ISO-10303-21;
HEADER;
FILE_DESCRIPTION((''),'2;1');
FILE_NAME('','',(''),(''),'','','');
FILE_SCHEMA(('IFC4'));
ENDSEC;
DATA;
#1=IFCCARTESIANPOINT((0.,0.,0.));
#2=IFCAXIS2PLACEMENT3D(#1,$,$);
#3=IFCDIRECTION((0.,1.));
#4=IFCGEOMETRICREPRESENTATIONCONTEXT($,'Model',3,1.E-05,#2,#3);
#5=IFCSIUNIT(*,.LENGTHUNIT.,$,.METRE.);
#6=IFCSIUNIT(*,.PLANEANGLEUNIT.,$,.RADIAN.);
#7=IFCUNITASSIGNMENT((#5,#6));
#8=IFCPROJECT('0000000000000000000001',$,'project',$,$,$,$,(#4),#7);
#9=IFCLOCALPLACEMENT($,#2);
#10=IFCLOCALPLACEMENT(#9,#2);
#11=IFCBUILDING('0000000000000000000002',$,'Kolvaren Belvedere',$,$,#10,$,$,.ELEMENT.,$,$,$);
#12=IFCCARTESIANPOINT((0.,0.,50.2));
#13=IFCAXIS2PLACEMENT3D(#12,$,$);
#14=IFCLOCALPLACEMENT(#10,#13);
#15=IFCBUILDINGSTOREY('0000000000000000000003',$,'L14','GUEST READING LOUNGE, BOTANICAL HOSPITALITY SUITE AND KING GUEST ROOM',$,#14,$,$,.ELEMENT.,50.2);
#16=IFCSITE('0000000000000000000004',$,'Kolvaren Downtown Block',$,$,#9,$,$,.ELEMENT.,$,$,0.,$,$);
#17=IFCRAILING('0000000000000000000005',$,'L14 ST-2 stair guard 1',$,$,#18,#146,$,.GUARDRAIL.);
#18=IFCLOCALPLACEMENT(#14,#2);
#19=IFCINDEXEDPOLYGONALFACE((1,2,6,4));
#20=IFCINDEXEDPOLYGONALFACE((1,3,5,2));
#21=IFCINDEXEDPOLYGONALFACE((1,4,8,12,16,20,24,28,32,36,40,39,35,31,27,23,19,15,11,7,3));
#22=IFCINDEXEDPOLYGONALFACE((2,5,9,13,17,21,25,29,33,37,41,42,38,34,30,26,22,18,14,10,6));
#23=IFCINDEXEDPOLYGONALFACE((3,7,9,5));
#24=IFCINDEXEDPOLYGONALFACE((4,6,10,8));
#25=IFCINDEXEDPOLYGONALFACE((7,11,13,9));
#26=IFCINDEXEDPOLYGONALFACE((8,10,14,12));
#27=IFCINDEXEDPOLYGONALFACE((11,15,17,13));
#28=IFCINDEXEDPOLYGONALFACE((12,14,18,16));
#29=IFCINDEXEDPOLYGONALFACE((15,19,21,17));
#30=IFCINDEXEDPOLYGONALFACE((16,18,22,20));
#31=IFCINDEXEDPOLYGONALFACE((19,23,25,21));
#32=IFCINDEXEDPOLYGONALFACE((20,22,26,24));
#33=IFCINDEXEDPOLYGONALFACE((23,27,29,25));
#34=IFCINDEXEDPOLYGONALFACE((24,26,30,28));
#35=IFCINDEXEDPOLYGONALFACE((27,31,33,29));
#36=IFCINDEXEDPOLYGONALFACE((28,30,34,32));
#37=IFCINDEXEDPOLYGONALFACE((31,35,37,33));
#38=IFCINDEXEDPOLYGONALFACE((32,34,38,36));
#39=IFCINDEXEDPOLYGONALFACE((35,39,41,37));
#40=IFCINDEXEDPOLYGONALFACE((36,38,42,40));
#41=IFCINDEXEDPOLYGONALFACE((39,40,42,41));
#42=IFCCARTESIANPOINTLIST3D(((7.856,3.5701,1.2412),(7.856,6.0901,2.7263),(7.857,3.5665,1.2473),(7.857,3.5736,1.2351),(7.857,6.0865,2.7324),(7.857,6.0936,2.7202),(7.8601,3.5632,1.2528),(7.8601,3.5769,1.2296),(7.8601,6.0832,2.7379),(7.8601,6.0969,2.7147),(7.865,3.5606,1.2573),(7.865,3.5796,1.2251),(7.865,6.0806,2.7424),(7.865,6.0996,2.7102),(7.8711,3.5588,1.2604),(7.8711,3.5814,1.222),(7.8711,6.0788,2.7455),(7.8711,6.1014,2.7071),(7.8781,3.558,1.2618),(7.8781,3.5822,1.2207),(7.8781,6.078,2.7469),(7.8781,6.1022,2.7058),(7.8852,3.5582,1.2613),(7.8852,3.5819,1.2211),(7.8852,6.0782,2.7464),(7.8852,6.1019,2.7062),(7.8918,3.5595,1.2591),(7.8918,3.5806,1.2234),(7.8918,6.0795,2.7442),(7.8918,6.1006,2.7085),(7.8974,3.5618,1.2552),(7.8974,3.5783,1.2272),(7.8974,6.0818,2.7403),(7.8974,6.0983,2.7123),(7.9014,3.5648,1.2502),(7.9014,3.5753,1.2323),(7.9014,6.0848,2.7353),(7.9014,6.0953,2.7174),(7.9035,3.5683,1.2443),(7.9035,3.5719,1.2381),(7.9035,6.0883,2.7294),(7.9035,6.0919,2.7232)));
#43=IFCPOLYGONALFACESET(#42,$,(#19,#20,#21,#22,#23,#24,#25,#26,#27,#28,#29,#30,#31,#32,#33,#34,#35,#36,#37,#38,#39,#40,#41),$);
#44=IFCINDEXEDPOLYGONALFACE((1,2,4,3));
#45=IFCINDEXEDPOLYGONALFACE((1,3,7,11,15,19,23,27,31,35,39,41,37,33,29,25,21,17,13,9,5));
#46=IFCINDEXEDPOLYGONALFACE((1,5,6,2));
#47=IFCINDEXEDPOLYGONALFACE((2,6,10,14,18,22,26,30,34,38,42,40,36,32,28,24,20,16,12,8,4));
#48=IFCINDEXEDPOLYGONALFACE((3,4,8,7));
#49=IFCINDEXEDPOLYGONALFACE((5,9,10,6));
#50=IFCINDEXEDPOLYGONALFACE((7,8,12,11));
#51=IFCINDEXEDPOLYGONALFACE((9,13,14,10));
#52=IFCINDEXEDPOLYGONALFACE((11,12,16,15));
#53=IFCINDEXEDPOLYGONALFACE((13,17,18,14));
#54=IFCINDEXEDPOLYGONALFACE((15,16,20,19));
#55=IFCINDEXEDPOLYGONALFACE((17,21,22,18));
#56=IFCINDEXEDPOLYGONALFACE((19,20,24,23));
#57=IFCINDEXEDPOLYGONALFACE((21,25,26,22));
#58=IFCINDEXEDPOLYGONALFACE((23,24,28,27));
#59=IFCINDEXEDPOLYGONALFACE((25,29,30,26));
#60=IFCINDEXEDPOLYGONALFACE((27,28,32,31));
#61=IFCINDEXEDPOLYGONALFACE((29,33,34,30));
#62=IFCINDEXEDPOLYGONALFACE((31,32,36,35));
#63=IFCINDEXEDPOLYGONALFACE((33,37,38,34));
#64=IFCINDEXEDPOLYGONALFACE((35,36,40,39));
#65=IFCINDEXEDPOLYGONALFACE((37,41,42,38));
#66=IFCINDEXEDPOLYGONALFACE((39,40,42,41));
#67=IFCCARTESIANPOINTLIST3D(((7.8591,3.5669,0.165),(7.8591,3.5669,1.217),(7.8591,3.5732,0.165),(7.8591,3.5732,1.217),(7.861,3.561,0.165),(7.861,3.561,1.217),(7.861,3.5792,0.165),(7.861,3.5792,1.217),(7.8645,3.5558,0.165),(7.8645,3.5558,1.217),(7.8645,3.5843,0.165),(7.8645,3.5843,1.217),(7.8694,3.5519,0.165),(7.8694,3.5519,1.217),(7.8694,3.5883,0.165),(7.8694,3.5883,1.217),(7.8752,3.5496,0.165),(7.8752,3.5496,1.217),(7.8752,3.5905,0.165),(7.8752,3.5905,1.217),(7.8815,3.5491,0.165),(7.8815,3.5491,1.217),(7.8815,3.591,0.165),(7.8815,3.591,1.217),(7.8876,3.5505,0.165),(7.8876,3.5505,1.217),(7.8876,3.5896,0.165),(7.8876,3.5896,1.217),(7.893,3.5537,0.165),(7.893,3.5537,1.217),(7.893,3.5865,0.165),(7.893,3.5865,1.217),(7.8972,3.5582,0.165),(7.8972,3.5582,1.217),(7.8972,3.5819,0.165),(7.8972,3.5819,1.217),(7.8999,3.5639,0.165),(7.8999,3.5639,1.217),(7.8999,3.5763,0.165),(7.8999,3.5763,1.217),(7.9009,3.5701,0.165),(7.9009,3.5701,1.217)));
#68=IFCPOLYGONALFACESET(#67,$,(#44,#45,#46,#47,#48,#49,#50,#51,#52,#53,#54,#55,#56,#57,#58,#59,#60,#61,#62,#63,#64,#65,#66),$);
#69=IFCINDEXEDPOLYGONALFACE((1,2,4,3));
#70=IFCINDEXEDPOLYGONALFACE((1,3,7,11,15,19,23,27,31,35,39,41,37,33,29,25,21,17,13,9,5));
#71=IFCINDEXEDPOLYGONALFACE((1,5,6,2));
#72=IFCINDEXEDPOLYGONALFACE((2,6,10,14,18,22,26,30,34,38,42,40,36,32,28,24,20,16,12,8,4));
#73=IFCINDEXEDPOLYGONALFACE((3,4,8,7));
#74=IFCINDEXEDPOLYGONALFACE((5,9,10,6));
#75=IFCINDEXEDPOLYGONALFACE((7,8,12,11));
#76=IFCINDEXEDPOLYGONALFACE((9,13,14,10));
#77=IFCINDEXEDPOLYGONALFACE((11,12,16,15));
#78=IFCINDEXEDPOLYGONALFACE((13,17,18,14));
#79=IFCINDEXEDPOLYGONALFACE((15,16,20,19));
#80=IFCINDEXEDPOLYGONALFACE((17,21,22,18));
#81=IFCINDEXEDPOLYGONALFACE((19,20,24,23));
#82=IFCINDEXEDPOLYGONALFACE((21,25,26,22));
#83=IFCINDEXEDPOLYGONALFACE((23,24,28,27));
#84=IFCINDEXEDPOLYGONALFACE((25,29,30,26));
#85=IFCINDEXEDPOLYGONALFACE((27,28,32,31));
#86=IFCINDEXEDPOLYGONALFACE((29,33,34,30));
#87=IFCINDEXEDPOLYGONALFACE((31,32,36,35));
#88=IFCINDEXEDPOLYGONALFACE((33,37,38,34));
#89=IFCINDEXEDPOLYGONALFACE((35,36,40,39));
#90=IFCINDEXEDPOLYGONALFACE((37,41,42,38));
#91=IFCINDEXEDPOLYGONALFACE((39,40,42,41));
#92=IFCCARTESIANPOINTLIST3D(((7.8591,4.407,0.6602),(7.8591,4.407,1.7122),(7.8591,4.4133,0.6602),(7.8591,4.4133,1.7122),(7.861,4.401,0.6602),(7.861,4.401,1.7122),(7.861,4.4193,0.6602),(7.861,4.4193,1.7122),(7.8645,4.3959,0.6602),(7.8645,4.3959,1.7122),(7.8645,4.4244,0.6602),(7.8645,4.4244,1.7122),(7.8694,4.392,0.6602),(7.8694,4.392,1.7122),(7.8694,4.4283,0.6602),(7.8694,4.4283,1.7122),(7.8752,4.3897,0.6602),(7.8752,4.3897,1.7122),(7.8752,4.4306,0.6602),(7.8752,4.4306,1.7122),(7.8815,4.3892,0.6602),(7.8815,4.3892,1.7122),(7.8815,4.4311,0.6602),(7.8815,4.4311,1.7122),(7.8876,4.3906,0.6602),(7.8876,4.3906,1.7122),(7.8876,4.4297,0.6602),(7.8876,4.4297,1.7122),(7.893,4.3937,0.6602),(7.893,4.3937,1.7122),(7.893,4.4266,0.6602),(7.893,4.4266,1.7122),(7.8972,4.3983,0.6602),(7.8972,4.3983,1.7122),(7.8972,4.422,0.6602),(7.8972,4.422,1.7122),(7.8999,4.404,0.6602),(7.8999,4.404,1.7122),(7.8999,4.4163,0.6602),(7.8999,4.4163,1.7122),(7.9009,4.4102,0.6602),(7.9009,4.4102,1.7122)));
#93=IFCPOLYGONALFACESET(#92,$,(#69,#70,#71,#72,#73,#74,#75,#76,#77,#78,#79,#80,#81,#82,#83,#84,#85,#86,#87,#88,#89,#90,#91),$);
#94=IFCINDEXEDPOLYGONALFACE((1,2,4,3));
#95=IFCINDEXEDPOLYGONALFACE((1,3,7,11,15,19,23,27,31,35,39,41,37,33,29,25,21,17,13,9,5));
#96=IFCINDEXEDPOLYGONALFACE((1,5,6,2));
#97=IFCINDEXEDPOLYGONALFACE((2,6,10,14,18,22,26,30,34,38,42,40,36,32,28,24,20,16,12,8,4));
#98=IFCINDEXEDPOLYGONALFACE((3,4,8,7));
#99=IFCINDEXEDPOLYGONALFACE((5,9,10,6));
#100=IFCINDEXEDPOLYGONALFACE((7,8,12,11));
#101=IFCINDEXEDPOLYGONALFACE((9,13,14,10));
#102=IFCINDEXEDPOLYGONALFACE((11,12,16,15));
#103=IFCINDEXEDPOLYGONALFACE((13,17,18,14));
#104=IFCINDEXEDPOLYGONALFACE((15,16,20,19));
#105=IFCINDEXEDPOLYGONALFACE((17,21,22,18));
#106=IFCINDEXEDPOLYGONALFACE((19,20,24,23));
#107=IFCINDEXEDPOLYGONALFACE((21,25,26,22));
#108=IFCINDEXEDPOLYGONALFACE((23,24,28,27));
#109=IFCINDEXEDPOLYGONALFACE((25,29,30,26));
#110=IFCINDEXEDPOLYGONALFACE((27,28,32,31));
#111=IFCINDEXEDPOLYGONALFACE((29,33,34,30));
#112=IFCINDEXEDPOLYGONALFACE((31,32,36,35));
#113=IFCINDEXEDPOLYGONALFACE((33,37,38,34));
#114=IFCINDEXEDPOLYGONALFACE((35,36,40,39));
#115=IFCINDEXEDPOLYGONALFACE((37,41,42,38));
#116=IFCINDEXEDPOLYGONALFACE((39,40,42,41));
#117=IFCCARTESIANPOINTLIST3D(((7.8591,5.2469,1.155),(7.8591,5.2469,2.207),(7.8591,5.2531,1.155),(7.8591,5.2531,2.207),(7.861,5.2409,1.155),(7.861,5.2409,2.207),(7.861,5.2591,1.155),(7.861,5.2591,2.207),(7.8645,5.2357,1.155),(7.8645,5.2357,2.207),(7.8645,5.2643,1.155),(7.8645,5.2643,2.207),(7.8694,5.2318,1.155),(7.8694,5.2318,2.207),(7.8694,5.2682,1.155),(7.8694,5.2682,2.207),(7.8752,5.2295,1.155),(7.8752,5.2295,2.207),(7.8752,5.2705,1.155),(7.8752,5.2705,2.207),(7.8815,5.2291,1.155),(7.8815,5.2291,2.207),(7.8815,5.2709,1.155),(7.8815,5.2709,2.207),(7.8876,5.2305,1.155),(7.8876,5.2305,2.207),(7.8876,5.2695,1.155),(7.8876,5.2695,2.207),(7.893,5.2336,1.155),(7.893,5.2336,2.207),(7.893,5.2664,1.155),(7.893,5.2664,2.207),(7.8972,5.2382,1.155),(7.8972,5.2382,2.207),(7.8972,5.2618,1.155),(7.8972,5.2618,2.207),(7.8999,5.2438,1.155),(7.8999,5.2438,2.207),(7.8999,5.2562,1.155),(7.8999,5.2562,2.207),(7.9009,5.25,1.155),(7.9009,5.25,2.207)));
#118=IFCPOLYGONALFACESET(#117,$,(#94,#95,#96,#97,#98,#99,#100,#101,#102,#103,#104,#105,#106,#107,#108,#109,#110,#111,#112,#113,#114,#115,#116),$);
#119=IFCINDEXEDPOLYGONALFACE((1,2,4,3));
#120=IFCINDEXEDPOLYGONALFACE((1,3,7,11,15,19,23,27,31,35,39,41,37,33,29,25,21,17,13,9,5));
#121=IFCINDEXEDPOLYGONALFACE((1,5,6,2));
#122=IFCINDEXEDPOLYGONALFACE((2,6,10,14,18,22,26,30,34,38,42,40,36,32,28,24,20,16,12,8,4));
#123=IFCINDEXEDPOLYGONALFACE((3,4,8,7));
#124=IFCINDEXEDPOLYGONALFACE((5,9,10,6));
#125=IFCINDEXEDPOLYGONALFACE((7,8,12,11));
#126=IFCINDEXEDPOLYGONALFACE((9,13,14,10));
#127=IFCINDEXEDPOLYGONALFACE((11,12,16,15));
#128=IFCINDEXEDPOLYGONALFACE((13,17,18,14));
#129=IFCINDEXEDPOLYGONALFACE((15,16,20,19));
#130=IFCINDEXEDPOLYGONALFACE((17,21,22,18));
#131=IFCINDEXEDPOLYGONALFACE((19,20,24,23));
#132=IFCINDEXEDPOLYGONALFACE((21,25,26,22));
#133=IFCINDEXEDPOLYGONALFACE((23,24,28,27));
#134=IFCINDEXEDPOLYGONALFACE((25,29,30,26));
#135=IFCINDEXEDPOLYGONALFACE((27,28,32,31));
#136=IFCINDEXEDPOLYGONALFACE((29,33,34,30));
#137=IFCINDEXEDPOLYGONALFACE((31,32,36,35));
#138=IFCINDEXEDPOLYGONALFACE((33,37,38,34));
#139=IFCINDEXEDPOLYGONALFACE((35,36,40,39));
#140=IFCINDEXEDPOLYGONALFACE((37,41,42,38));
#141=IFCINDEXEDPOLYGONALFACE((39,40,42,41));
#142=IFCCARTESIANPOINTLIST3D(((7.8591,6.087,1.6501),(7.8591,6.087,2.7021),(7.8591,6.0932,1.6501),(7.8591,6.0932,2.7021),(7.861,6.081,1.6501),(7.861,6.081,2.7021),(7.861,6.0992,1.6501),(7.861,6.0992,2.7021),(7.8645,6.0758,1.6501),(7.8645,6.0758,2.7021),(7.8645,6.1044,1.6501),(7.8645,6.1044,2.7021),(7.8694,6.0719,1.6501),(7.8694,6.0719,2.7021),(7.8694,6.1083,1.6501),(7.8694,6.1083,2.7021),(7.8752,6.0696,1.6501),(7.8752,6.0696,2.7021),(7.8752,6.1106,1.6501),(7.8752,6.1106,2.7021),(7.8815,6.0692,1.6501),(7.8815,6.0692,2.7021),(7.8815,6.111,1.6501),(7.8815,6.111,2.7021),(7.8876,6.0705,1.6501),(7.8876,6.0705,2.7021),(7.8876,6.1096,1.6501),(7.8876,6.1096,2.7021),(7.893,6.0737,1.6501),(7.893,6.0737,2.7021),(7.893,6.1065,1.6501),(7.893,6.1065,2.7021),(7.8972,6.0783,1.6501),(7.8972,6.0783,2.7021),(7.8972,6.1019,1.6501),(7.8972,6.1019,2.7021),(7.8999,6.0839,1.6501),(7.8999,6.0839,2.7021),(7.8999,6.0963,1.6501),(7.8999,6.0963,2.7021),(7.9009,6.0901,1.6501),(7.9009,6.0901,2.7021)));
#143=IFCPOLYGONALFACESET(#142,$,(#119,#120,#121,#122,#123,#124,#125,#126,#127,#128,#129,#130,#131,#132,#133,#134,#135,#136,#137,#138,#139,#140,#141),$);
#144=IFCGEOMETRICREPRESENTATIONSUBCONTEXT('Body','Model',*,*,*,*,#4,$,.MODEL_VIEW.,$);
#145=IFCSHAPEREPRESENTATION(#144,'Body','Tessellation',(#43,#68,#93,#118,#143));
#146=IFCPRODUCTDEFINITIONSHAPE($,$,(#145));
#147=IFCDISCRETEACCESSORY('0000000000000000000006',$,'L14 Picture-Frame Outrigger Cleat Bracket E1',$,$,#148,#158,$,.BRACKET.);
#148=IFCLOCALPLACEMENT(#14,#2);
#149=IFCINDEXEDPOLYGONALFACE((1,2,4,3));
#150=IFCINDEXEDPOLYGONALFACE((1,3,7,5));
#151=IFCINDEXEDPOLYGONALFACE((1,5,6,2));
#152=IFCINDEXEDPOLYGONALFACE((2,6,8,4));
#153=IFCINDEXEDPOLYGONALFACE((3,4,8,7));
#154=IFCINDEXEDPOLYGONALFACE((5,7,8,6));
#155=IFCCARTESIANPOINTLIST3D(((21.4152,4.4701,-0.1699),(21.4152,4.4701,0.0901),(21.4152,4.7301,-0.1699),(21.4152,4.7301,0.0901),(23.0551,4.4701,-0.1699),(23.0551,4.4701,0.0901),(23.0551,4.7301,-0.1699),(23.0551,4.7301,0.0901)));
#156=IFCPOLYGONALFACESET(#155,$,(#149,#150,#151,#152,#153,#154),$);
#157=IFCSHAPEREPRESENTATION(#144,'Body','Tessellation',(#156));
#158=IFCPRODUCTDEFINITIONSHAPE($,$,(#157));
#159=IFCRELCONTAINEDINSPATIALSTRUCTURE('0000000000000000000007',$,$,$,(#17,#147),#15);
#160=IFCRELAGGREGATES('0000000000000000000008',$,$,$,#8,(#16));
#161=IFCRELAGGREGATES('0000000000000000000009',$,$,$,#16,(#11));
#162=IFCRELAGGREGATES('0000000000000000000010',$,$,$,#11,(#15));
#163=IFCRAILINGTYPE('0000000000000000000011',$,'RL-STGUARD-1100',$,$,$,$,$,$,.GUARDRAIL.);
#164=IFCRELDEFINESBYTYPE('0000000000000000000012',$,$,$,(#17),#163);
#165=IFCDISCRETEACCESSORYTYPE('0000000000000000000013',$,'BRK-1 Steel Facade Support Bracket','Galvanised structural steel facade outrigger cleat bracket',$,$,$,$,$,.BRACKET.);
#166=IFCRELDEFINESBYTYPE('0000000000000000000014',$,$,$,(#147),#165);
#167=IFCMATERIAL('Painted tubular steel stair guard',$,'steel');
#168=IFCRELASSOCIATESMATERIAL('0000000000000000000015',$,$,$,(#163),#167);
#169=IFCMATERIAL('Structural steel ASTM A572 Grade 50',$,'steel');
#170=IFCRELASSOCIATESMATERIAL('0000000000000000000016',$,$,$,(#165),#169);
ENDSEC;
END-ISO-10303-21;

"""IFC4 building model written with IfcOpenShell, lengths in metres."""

from ifc_helpers import new_model, si_unit, direction, frame, origin, origin_2d, place, context, subcontext, project, spatial, rectangle, circle, extrude, material, type_object, element, save


model = new_model("IFC4")

# Units and contexts
model_context = context("Model", 3, precision=1e-05, world=origin(), true_north=direction((0.0, 1.0)))
body_context = subcontext(model_context, "Body", "Model", "MODEL_VIEW")
ifc_project = project(units=[si_unit("LENGTHUNIT", "METRE"), si_unit("PLANEANGLEUNIT", "RADIAN")], contexts=[model_context])

# Site, building, storey
site_placement = place(None, origin())
site = spatial("IfcSite", under=ifc_project, at=site_placement, Name="Kolvaren Downtown Block", CompositionType="ELEMENT", RefElevation=0.0)
building_placement = place(site_placement, origin())
building = spatial("IfcBuilding", under=site, at=building_placement, Name="Kolvaren Belvedere", CompositionType="ELEMENT")
storey_placement = place(building_placement, frame((0.0, 0.0, 50.2)))
storey = spatial("IfcBuildingStorey", under=building, at=storey_placement, Name="L14", Description="GUEST READING LOUNGE, BOTANICAL HOSPITALITY SUITE AND KING GUEST ROOM", CompositionType="ELEMENT", Elevation=50.2)

# Railing
ifc_material_1 = material(Name="Painted tubular steel stair guard", Category="steel")
railing_type_1 = type_object("IfcRailingType", Name="RL-STGUARD-1100", PredefinedType="GUARDRAIL", material=ifc_material_1)
railing_1_placement = place(storey_placement, frame((7.8799, 3.5701, 0.165)))
element("IfcRailing", 1, at=railing_1_placement, inside=storey, type_object=railing_type_1, Name="L14 ST-2 stair guard 1", PredefinedType="GUARDRAIL", context=body_context, shape_type="SweptSolid", body=[
    extrude(circle(Radius=0.0239, at=origin_2d()), frame((0.0, 0.0, 1.0762), z_axis=(0.0, 0.861524, 0.507717), x_axis=(-1.0, 0.0, 0.0)), (0.0, 0.0, 1.0), 2.925),
    extrude(circle(Radius=0.021, at=origin_2d()), origin(), (0.0, 0.0, 1.0), 1.052),
    extrude(circle(Radius=0.021, at=origin_2d()), frame((0.0, 0.8401, 0.4951)), (0.0, 0.0, 1.0), 1.052),
    extrude(circle(Radius=0.021, at=origin_2d()), frame((0.0, 1.6799, 0.99)), (0.0, 0.0, 1.0), 1.052),
    extrude(circle(Radius=0.021, at=origin_2d()), frame((0.0, 2.52, 1.4851)), (0.0, 0.0, 1.0), 1.052),
])

# Discrete accessory
ifc_material_2 = material(Name="Structural steel ASTM A572 Grade 50", Category="steel")
discrete_accessory_type = type_object("IfcDiscreteAccessoryType", Name="BRK-1 Steel Facade Support Bracket", Description="Galvanised structural steel facade outrigger cleat bracket", PredefinedType="BRACKET", material=ifc_material_2)
discrete_accessory_placement = place(storey_placement, frame((22.2351, 4.6001, -0.1699), z_axis=(0.0, 0.0, 1.0), x_axis=(1.0, 0.0, 0.0)))
element("IfcDiscreteAccessory", 2, at=discrete_accessory_placement, inside=storey, type_object=discrete_accessory_type, Name="L14 Picture-Frame Outrigger Cleat Bracket E1", PredefinedType="BRACKET", context=body_context, shape_type="SweptSolid", body=[
    extrude(rectangle(XDim=1.6399, YDim=0.26, at=origin_2d()), origin(), (0.0, 0.0, 1.0), 0.26),
])

save(model, "model.ifc")
